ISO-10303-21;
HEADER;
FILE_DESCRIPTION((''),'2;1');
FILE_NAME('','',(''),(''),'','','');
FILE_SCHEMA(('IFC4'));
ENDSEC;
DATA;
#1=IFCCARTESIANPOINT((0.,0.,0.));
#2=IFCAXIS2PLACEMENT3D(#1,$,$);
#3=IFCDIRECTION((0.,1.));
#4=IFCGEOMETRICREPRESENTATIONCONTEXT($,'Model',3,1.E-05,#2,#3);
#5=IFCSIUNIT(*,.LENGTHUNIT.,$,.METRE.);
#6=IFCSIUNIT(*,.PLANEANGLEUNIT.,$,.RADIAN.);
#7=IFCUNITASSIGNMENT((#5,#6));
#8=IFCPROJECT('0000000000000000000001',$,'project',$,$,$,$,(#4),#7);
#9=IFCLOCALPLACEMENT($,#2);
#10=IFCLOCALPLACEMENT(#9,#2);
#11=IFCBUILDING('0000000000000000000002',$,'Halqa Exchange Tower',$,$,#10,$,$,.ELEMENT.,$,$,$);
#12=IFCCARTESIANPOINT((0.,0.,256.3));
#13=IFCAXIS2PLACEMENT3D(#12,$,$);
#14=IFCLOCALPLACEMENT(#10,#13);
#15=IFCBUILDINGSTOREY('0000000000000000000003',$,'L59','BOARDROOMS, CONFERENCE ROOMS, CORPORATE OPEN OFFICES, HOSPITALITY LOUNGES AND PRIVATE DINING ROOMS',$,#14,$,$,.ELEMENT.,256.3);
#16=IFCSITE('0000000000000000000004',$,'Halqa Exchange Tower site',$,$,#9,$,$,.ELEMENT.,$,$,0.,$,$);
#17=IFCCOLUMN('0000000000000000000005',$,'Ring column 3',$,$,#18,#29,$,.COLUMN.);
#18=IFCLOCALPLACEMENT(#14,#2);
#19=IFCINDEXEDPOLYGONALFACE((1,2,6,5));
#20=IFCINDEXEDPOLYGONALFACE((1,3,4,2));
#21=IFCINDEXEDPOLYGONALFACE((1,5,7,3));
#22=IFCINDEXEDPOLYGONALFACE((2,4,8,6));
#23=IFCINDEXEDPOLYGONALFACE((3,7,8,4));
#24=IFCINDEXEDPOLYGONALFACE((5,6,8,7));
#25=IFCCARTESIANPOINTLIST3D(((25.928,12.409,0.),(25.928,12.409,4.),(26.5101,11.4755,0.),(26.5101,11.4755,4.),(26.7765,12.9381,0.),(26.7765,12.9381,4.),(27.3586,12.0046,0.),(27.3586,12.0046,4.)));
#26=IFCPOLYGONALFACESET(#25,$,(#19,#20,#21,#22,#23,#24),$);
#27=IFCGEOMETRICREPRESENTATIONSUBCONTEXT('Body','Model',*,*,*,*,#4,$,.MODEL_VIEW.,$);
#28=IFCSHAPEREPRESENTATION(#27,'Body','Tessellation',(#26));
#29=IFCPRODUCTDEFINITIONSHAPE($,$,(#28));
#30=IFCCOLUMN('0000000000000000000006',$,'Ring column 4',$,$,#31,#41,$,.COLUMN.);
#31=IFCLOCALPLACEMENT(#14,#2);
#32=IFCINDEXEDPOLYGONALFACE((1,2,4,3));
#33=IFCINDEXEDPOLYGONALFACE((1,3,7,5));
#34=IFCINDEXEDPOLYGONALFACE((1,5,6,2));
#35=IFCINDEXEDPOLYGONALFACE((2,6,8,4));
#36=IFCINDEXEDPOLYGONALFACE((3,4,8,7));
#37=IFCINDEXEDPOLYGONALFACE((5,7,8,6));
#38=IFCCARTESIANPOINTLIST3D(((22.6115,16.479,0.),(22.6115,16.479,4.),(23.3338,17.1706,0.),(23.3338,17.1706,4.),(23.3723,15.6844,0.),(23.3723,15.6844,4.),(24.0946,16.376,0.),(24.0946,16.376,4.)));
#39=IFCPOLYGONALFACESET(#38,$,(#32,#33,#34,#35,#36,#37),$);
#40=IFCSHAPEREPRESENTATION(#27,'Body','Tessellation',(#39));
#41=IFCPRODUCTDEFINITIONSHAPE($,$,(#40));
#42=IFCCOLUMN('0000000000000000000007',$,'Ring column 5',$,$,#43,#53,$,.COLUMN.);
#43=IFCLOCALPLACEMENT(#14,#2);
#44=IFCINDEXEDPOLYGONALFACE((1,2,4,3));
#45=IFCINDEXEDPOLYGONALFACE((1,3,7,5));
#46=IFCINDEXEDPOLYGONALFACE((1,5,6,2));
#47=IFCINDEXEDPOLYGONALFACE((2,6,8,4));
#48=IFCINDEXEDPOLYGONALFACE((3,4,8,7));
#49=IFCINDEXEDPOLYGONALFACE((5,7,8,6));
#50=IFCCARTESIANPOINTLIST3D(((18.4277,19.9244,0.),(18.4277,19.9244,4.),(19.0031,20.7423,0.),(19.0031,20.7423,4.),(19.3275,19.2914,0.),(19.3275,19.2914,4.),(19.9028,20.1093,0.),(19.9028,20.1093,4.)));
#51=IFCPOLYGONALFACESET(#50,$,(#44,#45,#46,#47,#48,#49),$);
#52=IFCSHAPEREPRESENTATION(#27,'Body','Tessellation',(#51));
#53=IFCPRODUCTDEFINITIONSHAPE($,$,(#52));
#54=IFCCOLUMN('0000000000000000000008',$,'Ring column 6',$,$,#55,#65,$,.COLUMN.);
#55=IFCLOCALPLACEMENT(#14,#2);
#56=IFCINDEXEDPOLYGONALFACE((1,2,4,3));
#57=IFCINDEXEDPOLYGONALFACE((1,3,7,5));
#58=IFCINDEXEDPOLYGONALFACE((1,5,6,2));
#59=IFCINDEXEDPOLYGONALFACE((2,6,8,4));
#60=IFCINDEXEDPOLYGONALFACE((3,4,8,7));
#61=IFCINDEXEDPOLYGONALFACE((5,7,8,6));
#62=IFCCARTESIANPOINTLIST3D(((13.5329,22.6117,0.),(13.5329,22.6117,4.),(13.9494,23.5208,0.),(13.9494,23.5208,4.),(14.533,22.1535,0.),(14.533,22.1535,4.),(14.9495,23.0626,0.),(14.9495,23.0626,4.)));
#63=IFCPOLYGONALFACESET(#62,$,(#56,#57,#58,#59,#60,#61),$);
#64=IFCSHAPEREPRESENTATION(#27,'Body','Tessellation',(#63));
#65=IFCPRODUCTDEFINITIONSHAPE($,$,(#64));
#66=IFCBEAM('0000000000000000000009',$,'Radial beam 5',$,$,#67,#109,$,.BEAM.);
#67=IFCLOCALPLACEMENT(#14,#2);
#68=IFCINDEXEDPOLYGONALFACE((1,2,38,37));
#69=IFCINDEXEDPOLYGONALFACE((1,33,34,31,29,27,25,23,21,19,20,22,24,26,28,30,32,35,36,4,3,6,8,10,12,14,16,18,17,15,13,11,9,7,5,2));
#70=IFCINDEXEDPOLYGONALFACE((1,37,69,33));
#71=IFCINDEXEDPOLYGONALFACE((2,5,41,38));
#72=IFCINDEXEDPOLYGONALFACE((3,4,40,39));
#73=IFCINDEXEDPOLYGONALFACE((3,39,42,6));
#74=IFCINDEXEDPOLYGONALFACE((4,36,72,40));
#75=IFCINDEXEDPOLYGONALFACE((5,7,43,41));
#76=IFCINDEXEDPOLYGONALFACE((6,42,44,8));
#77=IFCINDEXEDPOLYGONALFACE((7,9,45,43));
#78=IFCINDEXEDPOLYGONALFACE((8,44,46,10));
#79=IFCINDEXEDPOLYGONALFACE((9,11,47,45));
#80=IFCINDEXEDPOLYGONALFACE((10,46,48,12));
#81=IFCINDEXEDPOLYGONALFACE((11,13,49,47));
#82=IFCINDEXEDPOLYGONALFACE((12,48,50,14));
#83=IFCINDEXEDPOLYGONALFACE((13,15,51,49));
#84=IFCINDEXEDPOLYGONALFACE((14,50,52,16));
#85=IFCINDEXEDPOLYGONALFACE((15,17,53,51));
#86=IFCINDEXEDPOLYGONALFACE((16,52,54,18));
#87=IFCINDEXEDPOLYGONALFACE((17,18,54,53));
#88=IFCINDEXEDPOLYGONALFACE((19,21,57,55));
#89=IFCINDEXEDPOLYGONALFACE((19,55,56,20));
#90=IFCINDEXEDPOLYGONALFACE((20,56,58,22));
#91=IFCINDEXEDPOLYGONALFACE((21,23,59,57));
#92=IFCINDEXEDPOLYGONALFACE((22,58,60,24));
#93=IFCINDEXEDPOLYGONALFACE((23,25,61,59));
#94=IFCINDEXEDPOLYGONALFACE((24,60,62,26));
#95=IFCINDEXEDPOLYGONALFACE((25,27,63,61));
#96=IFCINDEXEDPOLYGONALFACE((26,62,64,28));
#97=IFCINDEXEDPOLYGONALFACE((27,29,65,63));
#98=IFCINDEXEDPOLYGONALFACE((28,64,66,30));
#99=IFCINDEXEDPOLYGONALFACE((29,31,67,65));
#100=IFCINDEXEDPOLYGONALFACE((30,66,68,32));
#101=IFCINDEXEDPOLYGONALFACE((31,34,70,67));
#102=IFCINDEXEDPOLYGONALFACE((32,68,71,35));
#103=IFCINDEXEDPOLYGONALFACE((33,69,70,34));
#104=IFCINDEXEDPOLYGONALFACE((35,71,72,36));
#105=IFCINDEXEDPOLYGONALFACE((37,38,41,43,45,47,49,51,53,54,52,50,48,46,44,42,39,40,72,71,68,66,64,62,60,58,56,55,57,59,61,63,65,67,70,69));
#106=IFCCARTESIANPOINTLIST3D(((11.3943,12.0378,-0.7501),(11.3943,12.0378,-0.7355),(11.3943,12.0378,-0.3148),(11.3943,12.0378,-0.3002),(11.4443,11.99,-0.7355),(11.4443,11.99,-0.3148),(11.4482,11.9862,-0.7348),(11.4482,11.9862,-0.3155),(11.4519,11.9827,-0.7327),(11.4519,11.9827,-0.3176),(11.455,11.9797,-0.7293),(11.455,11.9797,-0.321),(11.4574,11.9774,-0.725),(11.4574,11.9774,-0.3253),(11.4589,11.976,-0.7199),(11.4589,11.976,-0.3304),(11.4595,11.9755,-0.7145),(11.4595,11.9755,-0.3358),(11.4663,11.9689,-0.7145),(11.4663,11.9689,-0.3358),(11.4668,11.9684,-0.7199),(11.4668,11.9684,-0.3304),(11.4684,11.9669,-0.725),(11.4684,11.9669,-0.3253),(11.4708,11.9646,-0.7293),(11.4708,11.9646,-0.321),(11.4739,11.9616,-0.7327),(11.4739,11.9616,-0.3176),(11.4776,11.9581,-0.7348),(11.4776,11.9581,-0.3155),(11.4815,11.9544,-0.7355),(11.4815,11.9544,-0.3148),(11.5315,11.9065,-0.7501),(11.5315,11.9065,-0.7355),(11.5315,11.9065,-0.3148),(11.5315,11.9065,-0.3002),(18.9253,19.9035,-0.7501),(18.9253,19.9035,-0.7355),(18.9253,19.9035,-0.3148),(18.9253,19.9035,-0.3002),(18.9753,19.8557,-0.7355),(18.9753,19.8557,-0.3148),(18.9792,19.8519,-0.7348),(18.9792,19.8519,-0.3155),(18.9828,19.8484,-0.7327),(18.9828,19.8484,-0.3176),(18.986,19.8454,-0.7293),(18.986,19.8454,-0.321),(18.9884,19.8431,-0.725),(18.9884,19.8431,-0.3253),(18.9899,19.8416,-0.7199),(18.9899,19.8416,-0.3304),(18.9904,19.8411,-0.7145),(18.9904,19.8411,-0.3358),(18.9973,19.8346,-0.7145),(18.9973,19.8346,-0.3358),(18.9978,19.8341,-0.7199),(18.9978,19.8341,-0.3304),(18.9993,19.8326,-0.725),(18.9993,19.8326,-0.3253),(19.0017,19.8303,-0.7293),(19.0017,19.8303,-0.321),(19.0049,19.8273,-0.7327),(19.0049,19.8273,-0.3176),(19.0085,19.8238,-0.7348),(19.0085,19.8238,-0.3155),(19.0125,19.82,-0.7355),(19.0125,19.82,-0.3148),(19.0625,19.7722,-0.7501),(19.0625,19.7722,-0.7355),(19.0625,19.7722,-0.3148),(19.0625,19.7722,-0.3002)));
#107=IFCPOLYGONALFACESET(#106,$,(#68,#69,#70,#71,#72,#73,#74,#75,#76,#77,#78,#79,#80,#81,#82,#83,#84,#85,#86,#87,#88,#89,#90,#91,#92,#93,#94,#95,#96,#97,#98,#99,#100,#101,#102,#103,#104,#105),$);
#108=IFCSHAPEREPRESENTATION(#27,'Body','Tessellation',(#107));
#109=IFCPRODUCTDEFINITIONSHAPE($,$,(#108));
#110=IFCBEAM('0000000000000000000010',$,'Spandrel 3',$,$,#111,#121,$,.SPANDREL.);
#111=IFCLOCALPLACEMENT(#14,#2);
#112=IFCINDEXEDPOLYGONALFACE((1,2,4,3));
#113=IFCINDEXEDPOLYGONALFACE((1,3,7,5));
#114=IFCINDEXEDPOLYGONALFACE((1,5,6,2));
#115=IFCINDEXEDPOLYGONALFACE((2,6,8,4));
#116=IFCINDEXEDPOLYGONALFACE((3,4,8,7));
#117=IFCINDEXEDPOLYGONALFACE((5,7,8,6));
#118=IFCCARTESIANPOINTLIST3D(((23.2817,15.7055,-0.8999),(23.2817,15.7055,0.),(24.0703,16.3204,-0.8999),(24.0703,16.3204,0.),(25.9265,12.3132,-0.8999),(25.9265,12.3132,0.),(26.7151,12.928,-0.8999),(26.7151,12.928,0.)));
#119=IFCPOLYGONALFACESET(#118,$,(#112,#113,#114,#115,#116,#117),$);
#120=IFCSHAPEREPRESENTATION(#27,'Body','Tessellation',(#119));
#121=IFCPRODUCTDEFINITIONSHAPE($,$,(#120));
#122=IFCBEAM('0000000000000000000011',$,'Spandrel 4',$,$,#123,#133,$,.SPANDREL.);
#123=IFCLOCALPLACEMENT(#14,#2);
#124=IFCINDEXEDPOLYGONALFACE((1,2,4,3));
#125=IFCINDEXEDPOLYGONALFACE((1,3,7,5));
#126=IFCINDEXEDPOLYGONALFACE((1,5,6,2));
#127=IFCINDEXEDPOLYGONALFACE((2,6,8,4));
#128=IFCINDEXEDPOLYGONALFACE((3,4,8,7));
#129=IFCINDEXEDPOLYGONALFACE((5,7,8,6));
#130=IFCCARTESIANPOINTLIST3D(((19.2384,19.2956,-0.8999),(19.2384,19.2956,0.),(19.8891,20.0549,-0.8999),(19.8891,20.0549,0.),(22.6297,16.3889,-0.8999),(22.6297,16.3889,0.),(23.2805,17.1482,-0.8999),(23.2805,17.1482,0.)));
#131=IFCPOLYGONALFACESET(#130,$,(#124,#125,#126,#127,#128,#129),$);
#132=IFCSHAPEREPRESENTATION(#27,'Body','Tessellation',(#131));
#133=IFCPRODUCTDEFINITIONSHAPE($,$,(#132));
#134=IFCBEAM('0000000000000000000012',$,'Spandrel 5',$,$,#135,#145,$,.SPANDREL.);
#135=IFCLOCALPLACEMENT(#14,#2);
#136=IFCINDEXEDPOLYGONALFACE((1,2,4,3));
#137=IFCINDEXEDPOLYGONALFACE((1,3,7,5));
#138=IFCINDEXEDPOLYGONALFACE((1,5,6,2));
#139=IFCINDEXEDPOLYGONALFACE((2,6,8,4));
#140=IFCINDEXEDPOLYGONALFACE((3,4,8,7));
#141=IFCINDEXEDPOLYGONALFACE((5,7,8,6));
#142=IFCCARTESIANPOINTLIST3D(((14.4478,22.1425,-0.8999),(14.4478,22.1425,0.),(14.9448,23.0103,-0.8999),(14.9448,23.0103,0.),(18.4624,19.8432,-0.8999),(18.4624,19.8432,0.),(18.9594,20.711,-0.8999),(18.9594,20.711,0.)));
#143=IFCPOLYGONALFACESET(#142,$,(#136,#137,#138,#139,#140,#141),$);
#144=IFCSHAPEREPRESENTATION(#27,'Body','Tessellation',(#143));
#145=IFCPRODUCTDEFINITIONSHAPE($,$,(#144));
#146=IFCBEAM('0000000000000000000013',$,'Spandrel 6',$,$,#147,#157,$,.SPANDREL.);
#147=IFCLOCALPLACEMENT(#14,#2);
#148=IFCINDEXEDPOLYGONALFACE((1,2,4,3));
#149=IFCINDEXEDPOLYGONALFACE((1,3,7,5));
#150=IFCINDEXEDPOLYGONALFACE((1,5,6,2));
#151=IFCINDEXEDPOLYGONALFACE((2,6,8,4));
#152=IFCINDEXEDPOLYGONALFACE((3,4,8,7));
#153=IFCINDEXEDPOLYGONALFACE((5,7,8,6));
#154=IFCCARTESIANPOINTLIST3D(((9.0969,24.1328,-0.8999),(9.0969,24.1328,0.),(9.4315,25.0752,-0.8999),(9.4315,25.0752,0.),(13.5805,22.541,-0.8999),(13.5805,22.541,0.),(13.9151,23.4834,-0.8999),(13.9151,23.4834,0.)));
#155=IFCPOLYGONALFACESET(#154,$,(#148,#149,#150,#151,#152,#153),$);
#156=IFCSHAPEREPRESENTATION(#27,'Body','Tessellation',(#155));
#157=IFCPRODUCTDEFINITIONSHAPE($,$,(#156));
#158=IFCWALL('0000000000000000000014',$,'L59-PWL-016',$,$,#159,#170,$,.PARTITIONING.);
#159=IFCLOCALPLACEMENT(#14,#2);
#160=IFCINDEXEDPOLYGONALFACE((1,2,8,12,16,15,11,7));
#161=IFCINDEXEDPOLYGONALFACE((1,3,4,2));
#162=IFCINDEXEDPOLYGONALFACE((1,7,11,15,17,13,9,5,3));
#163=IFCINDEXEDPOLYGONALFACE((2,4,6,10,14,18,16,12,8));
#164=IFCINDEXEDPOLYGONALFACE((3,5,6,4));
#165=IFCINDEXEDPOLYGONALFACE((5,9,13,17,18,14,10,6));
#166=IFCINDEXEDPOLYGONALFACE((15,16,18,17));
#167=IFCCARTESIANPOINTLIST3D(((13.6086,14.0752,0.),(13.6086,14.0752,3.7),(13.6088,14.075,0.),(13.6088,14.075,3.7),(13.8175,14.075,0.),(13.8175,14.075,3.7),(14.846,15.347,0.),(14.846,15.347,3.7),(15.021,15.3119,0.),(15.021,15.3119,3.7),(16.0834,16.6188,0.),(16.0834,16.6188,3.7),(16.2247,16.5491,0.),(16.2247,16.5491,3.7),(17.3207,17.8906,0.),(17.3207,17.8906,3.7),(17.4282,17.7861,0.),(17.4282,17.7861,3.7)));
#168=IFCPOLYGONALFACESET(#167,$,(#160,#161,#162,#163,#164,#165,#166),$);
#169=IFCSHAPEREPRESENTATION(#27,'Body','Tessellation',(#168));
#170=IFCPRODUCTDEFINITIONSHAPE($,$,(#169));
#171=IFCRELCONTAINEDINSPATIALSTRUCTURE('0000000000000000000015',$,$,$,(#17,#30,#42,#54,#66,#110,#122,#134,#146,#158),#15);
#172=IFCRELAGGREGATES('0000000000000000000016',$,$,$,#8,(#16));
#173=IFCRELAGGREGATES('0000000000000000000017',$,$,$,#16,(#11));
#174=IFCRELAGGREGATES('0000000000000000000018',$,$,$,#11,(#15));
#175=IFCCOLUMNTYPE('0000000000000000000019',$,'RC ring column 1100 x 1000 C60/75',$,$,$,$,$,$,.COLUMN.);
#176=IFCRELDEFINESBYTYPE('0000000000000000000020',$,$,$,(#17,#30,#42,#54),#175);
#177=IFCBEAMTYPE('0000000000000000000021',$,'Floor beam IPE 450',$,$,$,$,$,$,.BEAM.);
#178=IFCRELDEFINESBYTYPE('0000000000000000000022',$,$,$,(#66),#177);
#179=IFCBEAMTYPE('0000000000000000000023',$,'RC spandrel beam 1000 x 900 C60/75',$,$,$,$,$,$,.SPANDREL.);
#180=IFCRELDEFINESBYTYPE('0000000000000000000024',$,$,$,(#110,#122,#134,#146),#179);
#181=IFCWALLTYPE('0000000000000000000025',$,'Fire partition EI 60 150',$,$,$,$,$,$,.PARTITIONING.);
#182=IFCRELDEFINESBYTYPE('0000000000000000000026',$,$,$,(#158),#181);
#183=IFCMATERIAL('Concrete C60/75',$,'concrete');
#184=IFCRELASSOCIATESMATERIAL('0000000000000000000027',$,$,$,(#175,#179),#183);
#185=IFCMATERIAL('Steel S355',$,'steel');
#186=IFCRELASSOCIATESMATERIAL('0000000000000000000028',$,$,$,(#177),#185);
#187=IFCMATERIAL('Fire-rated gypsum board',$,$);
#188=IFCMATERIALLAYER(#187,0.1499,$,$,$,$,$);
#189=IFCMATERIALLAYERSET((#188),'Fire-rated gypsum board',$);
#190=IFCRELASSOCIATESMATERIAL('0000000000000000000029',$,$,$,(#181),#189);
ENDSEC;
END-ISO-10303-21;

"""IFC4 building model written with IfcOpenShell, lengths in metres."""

from ifc_helpers import new_model, si_unit, direction, frame, origin, origin_2d, place, context, subcontext, project, spatial, polyline, rectangle, i_section, outline, extrude, material, layer, layer_set, material_profile, profile_set, type_object, element, save


model = new_model("IFC4")

# Units and contexts
model_context = context("Model", 3, precision=1e-05, world=origin(), true_north=direction((0.0, 1.0)))
body_context = subcontext(model_context, "Body", "Model", "MODEL_VIEW")
ifc_project = project(units=[si_unit("LENGTHUNIT", "METRE"), si_unit("PLANEANGLEUNIT", "RADIAN")], contexts=[model_context])

# Site, building, storey
site_placement = place(None, origin())
site = spatial("IfcSite", under=ifc_project, at=site_placement, Name="Halqa Exchange Tower site", CompositionType="ELEMENT", RefElevation=0.0)
building_placement = place(site_placement, origin())
building = spatial("IfcBuilding", under=site, at=building_placement, Name="Halqa Exchange Tower", CompositionType="ELEMENT")
storey_placement = place(building_placement, frame((0.0, 0.0, 256.3)))
storey = spatial("IfcBuildingStorey", under=building, at=storey_placement, Name="L59", Description="BOARDROOMS, CONFERENCE ROOMS, CORPORATE OPEN OFFICES, HOSPITALITY LOUNGES AND PRIVATE DINING ROOMS", CompositionType="ELEMENT", Elevation=256.3)

# Columns
ifc_material_1 = material(Name="Concrete C60/75", Category="concrete")
ifc_material_profile_1 = material_profile(ifc_material_1, rectangle(XDim=1.1001, YDim=1.0, at=origin_2d()), Name="1100 x 1000")
ifc_profile_set_1 = profile_set([ifc_material_profile_1], Name="Concrete C60/75")
column_type = type_object("IfcColumnType", Name="RC ring column 1100 x 1000 C60/75", PredefinedType="COLUMN", material=ifc_profile_set_1)
for number, where, z_axis, x_axis, name in (
    (1, (26.6433, 12.2068, 0.0), (0.0, 0.0, 1.0), (-0.52914, 0.848534, 0.0), "Ring column 3"),
    (2, (23.353, 16.4275, 0.0), (0.0, 0.0, 1.0), (-0.691579, 0.722301, 0.0), "Ring column 4"),
    (3, (19.1653, 20.0168, 0.0), (0.0, 0.0, 1.0), (-0.817907, 0.575351, 0.0), "Ring column 5"),
    (4, (14.2412, 22.8372, 0.0), (0.0, 0.0, 1.0), (-0.909128, 0.416517, 0.0), "Ring column 6"),
):
    element("IfcColumn", number, at=place(storey_placement, frame(where, z_axis=z_axis, x_axis=x_axis)), inside=storey, type_object=column_type, Name=name, PredefinedType="COLUMN", context=body_context, shape_type="SweptSolid", body=[
        extrude(rectangle(XDim=1.1001, YDim=1.0, at=origin_2d()), origin(), (0.0, 0.0, 1.0), 4.0),
    ])

# Beams
ifc_material_2 = material(Name="Steel S355", Category="steel")
ifc_material_profile_2 = material_profile(ifc_material_2, i_section(OverallWidth=0.1899, OverallDepth=0.45, WebThickness=0.0095, FlangeThickness=0.0146, FilletRadius=0.021, at=origin_2d()), Name="IPE 450")
ifc_profile_set_2 = profile_set([ifc_material_profile_2], Name="Steel S355")
beam_type_1 = type_object("IfcBeamType", Name="Floor beam IPE 450", PredefinedType="BEAM", material=ifc_profile_set_2)
beam_1_placement = place(storey_placement, frame((11.4629, 11.9722, -0.5251), z_axis=(0.691571, 0.722308, 0.0), x_axis=(-0.722308, 0.691571, 0.0)))
element("IfcBeam", 5, at=beam_1_placement, inside=storey, type_object=beam_type_1, Name="Radial beam 5", PredefinedType="BEAM", context=body_context, shape_type="SweptSolid", body=[
    extrude(i_section(OverallWidth=0.1899, OverallDepth=0.45, WebThickness=0.0095, FlangeThickness=0.0146, FilletRadius=0.021, at=origin_2d()), origin(), (0.0, 0.0, 1.0), 10.8896),
])
ifc_material_profile_3 = material_profile(ifc_material_1, rectangle(XDim=1.0, YDim=0.8999, at=origin_2d()), Name="1000 x 900")
ifc_profile_set_3 = profile_set([ifc_material_profile_3], Name="Concrete C60/75")
beam_type_2 = type_object("IfcBeamType", Name="RC spandrel beam 1000 x 900 C60/75", PredefinedType="SPANDREL", material=ifc_profile_set_3)
beam_2_placement = place(storey_placement, frame((26.3208, 12.6206, -0.45), z_axis=(-0.614852, 0.788643, 0.0), x_axis=(-0.788643, -0.614852, 0.0)))
element("IfcBeam", 6, at=beam_2_placement, inside=storey, type_object=beam_type_2, Name="Spandrel 3", PredefinedType="SPANDREL", context=body_context, shape_type="SweptSolid", body=[
    extrude(rectangle(XDim=1.0, YDim=0.8999, at=origin_2d()), origin(), (0.0, 0.0, 1.0), 4.3015),
])
beam_3_placement = place(storey_placement, frame((22.9551, 16.7686, -0.45), z_axis=(-0.759272, 0.650773, 0.0), x_axis=(-0.650773, -0.759272, 0.0)))
element("IfcBeam", 7, at=beam_3_placement, inside=storey, type_object=beam_type_2, Name="Spandrel 4", PredefinedType="SPANDREL", context=body_context, shape_type="SweptSolid", body=[
    extrude(rectangle(XDim=1.0, YDim=0.8999, at=origin_2d()), origin(), (0.0, 0.0, 1.0), 4.4666),
])
beam_4_placement = place(storey_placement, frame((18.7109, 20.2771, -0.45), z_axis=(-0.867756, 0.496991, 0.0), x_axis=(-0.496991, -0.867756, 0.0)))
element("IfcBeam", 8, at=beam_4_placement, inside=storey, type_object=beam_type_2, Name="Spandrel 5", PredefinedType="SPANDREL", context=body_context, shape_type="SweptSolid", body=[
    extrude(rectangle(XDim=1.0, YDim=0.8999, at=origin_2d()), origin(), (0.0, 0.0, 1.0), 4.6265),
])
beam_5_placement = place(storey_placement, frame((13.7478, 23.0122, -0.45), z_axis=(-0.942373, 0.334564, 0.0), x_axis=(-0.334564, -0.942373, 0.0)))
element("IfcBeam", 9, at=beam_5_placement, inside=storey, type_object=beam_type_2, Name="Spandrel 6", PredefinedType="SPANDREL", context=body_context, shape_type="SweptSolid", body=[
    extrude(rectangle(XDim=1.0, YDim=0.8999, at=origin_2d()), origin(), (0.0, 0.0, 1.0), 4.7578),
])

# Wall
ifc_material_3 = material(Name="Fire-rated gypsum board")
ifc_layer_1 = layer(ifc_material_3, 0.1499)
ifc_layer_set_1 = layer_set([ifc_layer_1], Name="Fire-rated gypsum board")
wall_type_1 = type_object("IfcWallType", Name="Fire partition EI 60 150", PredefinedType="PARTITIONING", material=ifc_layer_set_1)
wall_1_placement = place(storey_placement, frame((13.6624, 14.0229, 0.0), z_axis=(0.0, 0.0, 1.0), x_axis=(0.69734, 0.71674, 0.0)))
element("IfcWall", 10, at=wall_1_placement, inside=storey, type_object=wall_type_1, Name="L59-PWL-016", PredefinedType="PARTITIONING", context=body_context, shape_type="SweptSolid", body=[
    extrude(outline(polyline([(0.0, 0.075), (0.0, 0.0747), (0.1455, -0.075), (1.8713, -0.075), (3.5974, -0.075), (5.3232, -0.075), (5.3232, 0.075), (3.5488, 0.075), (1.7744, 0.075), (0.0, 0.075)])), origin(), (0.0, 0.0, 1.0), 3.7),
])

save(model, "model.ifc")
